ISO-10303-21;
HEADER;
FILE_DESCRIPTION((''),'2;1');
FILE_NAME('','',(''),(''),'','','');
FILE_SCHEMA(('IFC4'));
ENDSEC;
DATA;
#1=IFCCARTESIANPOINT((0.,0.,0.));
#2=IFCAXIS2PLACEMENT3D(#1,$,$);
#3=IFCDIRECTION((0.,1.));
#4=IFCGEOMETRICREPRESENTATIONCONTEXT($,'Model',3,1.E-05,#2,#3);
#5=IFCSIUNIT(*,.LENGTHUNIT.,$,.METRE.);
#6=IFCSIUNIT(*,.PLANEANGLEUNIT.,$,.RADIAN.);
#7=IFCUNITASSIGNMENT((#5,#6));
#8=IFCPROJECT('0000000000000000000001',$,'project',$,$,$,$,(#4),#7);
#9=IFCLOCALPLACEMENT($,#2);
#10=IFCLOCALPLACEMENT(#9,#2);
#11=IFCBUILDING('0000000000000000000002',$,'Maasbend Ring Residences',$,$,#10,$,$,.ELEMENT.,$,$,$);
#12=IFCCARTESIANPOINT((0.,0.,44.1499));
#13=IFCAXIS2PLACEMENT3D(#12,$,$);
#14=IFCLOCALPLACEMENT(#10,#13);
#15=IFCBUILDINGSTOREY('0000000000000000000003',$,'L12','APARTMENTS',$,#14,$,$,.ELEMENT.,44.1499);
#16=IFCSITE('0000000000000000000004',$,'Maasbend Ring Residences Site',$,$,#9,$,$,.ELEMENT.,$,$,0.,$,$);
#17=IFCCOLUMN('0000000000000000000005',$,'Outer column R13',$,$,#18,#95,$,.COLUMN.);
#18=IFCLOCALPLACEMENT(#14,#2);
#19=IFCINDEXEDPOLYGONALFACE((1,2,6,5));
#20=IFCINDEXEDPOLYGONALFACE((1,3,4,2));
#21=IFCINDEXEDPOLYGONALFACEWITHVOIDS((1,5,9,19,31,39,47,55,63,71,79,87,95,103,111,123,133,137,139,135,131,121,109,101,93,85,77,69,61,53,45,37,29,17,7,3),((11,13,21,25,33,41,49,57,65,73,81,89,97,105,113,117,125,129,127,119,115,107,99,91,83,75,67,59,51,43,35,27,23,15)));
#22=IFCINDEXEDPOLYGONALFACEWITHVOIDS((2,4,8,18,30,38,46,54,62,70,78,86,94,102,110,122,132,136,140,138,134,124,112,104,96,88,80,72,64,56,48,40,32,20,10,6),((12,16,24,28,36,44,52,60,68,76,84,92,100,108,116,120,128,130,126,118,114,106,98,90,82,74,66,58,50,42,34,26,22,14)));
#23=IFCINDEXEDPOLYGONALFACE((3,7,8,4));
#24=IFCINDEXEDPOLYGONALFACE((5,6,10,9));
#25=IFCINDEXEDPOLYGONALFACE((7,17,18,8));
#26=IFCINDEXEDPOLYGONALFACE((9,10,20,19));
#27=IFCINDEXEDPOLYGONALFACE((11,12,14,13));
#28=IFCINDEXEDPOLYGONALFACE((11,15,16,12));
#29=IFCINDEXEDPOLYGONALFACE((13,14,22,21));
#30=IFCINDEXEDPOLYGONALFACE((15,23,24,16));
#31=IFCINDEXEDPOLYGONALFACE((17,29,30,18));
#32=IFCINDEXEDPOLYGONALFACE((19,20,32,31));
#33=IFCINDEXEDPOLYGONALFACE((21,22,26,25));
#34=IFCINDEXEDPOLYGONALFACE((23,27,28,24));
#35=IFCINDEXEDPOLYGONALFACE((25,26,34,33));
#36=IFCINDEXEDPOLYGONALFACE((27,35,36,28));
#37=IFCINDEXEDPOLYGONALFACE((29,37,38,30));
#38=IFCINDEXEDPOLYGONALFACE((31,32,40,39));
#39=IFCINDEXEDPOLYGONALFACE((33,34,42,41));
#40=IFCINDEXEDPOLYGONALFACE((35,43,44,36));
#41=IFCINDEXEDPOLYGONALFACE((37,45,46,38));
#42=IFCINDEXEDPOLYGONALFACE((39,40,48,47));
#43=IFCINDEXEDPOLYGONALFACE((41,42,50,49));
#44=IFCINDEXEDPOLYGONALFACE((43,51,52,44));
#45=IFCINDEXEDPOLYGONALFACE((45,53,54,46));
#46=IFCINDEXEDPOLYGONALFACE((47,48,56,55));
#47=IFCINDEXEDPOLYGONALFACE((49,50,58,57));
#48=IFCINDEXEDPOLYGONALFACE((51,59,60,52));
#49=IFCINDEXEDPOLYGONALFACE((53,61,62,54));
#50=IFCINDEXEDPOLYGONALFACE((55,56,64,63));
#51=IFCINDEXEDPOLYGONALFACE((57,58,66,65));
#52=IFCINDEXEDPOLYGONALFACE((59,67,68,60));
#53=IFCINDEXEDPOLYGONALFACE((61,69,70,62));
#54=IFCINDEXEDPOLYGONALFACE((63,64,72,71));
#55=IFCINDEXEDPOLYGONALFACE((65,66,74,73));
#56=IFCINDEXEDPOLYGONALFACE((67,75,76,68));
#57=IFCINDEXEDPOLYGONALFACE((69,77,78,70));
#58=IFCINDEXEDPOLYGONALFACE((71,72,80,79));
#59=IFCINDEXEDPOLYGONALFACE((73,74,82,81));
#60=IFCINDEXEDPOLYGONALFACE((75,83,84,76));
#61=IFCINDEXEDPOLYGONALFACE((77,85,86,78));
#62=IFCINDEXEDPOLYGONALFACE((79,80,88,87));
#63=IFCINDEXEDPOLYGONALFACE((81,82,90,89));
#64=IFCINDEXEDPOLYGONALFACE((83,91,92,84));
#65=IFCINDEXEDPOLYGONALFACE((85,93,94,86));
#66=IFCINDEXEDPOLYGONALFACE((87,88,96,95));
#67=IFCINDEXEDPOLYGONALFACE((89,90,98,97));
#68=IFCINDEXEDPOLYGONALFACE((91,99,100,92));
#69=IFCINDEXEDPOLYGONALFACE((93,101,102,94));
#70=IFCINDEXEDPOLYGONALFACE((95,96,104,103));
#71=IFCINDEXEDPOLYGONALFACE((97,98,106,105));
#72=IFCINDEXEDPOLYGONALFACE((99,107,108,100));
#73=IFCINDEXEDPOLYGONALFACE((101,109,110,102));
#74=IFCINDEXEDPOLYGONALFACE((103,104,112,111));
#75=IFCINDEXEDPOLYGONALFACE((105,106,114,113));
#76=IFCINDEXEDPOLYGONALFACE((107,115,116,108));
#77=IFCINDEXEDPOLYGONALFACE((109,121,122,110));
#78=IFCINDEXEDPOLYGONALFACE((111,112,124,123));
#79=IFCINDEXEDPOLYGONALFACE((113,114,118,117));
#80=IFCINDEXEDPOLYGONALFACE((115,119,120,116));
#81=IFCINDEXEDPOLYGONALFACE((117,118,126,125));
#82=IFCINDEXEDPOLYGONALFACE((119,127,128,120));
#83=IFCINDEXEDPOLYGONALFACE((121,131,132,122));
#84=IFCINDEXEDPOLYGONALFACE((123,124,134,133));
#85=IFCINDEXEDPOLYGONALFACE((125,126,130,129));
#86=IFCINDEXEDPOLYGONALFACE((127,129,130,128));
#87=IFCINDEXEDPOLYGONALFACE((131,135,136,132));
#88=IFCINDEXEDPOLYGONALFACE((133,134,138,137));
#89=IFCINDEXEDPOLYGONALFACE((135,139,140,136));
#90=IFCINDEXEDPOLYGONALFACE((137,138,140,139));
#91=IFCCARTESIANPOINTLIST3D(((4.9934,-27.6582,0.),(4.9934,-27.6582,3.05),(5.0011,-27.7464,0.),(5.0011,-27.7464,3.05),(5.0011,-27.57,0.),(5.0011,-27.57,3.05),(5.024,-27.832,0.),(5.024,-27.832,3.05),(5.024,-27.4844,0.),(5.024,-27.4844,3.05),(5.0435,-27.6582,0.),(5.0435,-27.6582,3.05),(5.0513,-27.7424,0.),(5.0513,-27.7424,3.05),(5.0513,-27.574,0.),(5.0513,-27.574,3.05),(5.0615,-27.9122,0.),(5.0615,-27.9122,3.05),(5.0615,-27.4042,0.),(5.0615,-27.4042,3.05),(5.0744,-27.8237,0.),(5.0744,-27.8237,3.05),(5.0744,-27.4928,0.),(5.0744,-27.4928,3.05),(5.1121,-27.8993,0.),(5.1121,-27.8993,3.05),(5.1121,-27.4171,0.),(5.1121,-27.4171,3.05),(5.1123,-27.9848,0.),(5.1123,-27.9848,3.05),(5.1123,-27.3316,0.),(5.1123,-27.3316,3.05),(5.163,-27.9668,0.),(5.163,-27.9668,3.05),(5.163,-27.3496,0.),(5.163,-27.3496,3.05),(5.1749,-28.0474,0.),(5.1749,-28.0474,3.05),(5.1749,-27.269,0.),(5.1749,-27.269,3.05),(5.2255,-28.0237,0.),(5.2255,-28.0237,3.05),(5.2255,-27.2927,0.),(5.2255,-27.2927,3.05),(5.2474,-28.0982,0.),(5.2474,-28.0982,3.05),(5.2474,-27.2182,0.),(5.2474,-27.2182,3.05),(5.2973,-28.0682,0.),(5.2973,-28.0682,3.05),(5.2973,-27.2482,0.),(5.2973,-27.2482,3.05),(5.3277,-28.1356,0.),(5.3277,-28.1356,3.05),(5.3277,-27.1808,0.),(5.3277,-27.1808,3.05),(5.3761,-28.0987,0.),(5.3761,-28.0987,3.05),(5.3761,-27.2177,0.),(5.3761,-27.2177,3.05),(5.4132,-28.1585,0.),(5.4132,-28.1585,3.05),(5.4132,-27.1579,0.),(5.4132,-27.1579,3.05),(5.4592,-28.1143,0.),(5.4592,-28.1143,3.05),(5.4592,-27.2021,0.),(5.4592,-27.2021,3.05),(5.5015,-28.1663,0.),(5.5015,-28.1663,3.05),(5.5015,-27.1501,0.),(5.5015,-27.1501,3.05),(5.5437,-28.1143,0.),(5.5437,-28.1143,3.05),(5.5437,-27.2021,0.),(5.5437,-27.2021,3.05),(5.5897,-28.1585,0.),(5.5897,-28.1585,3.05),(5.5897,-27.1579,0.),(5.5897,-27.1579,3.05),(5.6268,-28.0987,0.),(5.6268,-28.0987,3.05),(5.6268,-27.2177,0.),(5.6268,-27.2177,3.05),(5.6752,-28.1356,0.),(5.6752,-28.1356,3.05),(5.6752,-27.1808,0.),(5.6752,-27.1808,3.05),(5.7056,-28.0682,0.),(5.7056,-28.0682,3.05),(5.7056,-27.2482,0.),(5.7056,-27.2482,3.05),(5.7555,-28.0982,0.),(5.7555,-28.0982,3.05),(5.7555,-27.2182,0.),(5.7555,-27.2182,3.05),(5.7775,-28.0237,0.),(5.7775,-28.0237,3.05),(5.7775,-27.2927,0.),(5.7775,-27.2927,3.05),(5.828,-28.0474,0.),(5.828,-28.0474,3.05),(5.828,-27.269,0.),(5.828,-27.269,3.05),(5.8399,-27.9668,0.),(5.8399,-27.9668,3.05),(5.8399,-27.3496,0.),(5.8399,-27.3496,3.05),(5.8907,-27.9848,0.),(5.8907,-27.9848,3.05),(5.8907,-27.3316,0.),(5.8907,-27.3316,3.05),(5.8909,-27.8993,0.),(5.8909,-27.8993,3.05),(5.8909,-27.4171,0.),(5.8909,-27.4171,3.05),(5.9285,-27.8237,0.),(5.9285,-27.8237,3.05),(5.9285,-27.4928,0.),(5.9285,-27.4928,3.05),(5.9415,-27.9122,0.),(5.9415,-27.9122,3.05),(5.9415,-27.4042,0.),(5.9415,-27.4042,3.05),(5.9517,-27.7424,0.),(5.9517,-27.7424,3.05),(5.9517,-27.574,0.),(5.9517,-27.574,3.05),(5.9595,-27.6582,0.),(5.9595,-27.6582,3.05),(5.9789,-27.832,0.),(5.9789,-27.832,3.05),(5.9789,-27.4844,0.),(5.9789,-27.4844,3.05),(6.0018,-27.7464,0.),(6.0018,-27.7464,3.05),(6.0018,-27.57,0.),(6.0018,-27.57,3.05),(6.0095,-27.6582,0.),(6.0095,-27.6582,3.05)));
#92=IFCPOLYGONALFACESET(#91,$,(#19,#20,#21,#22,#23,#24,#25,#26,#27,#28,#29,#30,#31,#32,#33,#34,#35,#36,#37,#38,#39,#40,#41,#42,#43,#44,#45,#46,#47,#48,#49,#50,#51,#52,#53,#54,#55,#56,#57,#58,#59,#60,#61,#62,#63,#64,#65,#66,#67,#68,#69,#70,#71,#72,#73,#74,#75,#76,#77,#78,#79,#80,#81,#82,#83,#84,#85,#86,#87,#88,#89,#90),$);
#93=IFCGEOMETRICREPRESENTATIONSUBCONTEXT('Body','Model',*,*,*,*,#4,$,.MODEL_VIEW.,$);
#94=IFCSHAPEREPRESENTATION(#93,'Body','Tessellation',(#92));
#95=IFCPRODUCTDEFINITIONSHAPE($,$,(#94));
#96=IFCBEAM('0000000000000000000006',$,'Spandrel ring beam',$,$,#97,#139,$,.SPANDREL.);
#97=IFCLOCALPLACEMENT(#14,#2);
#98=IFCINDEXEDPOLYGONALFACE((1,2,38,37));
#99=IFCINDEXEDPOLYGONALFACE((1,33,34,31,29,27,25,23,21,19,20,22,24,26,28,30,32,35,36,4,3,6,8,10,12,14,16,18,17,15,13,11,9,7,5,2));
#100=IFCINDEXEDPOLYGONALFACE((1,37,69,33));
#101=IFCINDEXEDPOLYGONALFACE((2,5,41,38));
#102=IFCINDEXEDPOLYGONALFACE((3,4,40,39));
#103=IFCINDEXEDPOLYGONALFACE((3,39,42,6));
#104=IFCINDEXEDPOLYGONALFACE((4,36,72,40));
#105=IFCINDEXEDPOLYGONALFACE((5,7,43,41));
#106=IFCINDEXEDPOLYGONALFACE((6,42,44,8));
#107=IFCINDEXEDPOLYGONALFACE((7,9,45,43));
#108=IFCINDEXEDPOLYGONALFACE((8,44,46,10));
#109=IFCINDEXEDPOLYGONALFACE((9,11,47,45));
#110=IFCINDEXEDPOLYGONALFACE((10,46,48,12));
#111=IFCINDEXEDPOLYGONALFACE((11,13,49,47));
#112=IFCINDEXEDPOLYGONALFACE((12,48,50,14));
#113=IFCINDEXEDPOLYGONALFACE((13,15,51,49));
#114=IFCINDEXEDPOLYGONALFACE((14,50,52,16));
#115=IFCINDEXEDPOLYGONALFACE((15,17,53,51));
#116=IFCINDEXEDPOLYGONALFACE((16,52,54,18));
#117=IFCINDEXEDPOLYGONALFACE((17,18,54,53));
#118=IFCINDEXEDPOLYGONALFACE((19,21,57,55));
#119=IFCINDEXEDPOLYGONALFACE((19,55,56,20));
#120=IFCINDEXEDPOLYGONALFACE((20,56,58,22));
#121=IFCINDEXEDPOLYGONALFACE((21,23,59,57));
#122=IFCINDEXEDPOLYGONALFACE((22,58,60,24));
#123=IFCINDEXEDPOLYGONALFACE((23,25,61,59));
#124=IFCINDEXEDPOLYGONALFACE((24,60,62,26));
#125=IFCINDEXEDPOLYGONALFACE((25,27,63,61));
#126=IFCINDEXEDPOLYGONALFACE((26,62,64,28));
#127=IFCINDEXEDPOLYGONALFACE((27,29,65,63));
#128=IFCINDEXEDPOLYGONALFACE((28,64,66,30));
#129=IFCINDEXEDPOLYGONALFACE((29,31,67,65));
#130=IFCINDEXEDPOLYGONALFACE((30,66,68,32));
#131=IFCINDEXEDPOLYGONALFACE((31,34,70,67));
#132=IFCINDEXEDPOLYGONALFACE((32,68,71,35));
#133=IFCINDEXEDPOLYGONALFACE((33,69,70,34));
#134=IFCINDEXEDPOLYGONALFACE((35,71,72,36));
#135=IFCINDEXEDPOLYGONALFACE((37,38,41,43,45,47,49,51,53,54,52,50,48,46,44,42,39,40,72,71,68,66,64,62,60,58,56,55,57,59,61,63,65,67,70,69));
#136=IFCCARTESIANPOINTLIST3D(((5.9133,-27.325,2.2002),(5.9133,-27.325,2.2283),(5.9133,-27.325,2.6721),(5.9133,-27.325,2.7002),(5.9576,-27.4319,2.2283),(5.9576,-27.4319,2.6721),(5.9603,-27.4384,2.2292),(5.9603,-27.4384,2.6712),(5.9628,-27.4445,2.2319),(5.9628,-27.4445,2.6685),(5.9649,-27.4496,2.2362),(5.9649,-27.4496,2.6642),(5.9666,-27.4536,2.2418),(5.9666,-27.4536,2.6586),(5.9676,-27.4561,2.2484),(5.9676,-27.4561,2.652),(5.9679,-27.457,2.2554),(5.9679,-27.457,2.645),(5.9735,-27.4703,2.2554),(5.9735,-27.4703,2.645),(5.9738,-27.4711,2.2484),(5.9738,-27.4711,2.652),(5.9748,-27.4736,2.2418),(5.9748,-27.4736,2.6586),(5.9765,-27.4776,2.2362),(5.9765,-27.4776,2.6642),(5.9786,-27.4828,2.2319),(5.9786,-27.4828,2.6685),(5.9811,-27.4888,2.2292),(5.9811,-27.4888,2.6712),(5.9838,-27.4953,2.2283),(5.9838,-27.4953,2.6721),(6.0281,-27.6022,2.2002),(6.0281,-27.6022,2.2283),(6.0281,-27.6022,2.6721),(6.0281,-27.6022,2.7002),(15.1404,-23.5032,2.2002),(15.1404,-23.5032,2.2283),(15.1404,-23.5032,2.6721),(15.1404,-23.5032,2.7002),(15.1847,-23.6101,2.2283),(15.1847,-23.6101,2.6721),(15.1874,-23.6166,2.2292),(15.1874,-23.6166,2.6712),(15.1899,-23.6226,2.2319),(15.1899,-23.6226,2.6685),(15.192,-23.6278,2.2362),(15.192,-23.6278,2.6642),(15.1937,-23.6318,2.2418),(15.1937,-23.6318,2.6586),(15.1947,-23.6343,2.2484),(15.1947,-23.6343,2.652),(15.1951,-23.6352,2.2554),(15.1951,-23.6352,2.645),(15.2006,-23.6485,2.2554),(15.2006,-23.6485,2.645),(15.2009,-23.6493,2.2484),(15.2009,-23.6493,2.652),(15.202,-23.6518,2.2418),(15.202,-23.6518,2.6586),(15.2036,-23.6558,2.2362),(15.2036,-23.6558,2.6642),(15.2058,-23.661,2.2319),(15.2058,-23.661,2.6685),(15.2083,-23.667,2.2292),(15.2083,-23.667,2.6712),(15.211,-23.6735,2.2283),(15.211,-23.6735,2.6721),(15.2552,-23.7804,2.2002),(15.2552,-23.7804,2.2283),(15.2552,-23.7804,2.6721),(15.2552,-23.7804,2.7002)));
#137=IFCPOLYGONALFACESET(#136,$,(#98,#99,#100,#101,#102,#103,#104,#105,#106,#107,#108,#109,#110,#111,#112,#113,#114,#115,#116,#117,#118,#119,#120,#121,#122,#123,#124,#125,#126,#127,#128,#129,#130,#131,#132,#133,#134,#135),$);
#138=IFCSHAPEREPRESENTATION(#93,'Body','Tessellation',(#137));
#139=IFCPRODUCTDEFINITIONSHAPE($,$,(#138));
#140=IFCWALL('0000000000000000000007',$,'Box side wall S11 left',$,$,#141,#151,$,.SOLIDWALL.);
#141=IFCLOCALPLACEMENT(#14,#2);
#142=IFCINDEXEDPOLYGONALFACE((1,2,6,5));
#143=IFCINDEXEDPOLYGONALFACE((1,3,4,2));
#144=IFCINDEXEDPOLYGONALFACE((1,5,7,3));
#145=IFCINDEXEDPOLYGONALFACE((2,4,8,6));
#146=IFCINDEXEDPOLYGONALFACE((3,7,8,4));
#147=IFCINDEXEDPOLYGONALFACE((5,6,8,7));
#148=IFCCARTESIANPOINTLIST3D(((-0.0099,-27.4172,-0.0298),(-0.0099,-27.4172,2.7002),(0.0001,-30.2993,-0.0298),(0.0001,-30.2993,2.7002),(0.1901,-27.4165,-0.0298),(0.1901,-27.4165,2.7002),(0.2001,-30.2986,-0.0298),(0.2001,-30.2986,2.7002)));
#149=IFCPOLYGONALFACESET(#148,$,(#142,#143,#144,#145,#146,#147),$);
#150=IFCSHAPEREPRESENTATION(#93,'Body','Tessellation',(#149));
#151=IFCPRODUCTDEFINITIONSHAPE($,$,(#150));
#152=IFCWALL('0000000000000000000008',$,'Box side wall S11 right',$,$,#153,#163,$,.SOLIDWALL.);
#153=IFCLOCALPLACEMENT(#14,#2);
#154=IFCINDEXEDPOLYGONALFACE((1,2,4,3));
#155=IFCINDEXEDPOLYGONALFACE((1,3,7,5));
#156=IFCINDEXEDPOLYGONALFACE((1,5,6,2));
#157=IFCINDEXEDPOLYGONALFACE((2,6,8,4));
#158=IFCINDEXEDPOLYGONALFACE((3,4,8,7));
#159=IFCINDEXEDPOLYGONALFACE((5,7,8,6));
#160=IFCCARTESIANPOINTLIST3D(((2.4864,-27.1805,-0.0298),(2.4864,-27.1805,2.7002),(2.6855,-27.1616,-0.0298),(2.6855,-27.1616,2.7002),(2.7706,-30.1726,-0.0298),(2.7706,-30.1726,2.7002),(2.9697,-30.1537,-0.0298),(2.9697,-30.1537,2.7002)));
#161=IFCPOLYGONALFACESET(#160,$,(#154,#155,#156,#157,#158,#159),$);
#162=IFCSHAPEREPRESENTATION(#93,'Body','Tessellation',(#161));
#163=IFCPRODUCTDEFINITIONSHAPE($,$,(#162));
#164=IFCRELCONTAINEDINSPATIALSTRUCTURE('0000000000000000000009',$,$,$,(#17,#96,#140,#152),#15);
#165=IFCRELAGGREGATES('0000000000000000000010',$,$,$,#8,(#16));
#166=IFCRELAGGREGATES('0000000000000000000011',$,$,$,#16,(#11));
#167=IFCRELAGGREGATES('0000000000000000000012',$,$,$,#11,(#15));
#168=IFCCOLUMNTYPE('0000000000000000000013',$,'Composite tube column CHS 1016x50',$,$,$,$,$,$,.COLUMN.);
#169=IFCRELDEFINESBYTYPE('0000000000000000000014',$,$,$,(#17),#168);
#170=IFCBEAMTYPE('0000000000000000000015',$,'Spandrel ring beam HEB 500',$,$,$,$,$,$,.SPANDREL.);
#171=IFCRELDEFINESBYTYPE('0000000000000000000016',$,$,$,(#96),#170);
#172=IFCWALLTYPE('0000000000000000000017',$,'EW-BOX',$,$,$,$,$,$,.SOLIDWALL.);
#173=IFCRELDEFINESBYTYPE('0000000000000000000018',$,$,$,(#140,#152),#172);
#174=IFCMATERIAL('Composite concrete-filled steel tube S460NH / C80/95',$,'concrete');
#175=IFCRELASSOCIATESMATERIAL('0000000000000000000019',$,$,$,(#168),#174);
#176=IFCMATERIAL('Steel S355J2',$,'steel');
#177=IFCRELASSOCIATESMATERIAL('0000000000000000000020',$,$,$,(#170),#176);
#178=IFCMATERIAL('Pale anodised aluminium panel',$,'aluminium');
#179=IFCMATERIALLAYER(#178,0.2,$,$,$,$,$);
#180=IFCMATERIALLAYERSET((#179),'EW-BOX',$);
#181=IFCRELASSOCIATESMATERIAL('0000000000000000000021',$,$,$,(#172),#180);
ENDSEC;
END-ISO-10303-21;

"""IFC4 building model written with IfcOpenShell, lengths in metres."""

from ifc_helpers import new_model, si_unit, direction, frame, frame_2d, origin, origin_2d, place, context, subcontext, project, spatial, rectangle, hollow_circle, i_section, extrude, material, layer, layer_set, material_profile, profile_set, type_object, element, save


model = new_model("IFC4")

# Units and contexts
model_context = context("Model", 3, precision=1e-05, world=origin(), true_north=direction((0.0, 1.0)))
body_context = subcontext(model_context, "Body", "Model", "MODEL_VIEW")
ifc_project = project(units=[si_unit("LENGTHUNIT", "METRE"), si_unit("PLANEANGLEUNIT", "RADIAN")], contexts=[model_context])

# Site, building, storey
site_placement = place(None, origin())
site = spatial("IfcSite", under=ifc_project, at=site_placement, Name="Maasbend Ring Residences Site", CompositionType="ELEMENT", RefElevation=0.0)
building_placement = place(site_placement, origin())
building = spatial("IfcBuilding", under=site, at=building_placement, Name="Maasbend Ring Residences", CompositionType="ELEMENT")
storey_placement = place(building_placement, frame((0.0, 0.0, 44.1499)))
storey = spatial("IfcBuildingStorey", under=building, at=storey_placement, Name="L12", Description="APARTMENTS", CompositionType="ELEMENT", Elevation=44.1499)

# Column
ifc_material_1 = material(Name="Composite concrete-filled steel tube S460NH / C80/95", Category="concrete")
ifc_material_profile_1 = material_profile(ifc_material_1, hollow_circle(Radius=0.5081, WallThickness=0.05, at=origin_2d()), Name="Composite tube column CHS 1016x50")
ifc_profile_set_1 = profile_set([ifc_material_profile_1], Name="Composite concrete-filled steel tube S460NH / C80/95")
column_type = type_object("IfcColumnType", Name="Composite tube column CHS 1016x50", PredefinedType="COLUMN", material=ifc_profile_set_1)
column_placement = place(storey_placement, frame((5.5015, -27.6582, 0.0), z_axis=(0.0, 0.0, 1.0), x_axis=(1.0, 0.0, 0.0)))
element("IfcColumn", 1, at=column_placement, inside=storey, type_object=column_type, Name="Outer column R13", PredefinedType="COLUMN", context=body_context, shape_type="SweptSolid", body=[
    extrude(hollow_circle(Radius=0.5081, WallThickness=0.05, at=origin_2d()), origin(), (0.0, 0.0, 1.0), 3.05),
])

# Beam
ifc_material_2 = material(Name="Steel S355J2", Category="steel")
ifc_material_profile_2 = material_profile(ifc_material_2, i_section(OverallWidth=0.3, OverallDepth=0.5, WebThickness=0.0144, FlangeThickness=0.0281, FilletRadius=0.0271, at=origin_2d()), Name="HEB 500")
ifc_profile_set_2 = profile_set([ifc_material_profile_2], Name="Steel S355J2")
beam_type = type_object("IfcBeamType", Name="Spandrel ring beam HEB 500", PredefinedType="SPANDREL", material=ifc_profile_set_2)
beam_placement = place(storey_placement, frame((5.9707, -27.4636, 2.4502), z_axis=(0.923886, 0.382667, 0.0), x_axis=(-0.382667, 0.923886, 0.0)))
element("IfcBeam", 2, at=beam_placement, inside=storey, type_object=beam_type, Name="Spandrel ring beam", PredefinedType="SPANDREL", context=body_context, shape_type="SweptSolid", body=[
    extrude(i_section(OverallWidth=0.3, OverallDepth=0.5, WebThickness=0.0144, FlangeThickness=0.0281, FilletRadius=0.0271, at=origin_2d()), origin(), (0.0, 0.0, 1.0), 9.9873),
])

# Walls
ifc_material_3 = material(Name="Pale anodised aluminium panel", Category="aluminium")
ifc_layer_1 = layer(ifc_material_3, 0.2)
ifc_layer_set_1 = layer_set([ifc_layer_1], Name="EW-BOX")
wall_type_1 = type_object("IfcWallType", Name="EW-BOX", PredefinedType="SOLIDWALL", material=ifc_layer_set_1)
wall_1_placement = place(storey_placement, frame((0.0901, -27.417, -0.0298), z_axis=(0.0, 0.0, 1.0), x_axis=(0.003473, -0.999994, 0.0)))
element("IfcWall", 3, at=wall_1_placement, inside=storey, type_object=wall_type_1, Name="Box side wall S11 left", PredefinedType="SOLIDWALL", context=body_context, shape_type="SweptSolid", body=[
    extrude(rectangle(XDim=2.8821, YDim=0.2, at=frame_2d((1.4409, 0.0))), origin(), (0.0, 0.0, 1.0), 2.73),
])
wall_2_placement = place(storey_placement, frame((2.5859, -27.1709, -0.0298), z_axis=(0.0, 0.0, 1.0), x_axis=(0.094548, -0.99552, 0.0)))
element("IfcWall", 4, at=wall_2_placement, inside=storey, type_object=wall_type_1, Name="Box side wall S11 right", PredefinedType="SOLIDWALL", context=body_context, shape_type="SweptSolid", body=[
    extrude(rectangle(XDim=3.0056, YDim=0.2, at=frame_2d((1.5029, 0.0))), origin(), (0.0, 0.0, 1.0), 2.73),
])

save(model, "model.ifc")
